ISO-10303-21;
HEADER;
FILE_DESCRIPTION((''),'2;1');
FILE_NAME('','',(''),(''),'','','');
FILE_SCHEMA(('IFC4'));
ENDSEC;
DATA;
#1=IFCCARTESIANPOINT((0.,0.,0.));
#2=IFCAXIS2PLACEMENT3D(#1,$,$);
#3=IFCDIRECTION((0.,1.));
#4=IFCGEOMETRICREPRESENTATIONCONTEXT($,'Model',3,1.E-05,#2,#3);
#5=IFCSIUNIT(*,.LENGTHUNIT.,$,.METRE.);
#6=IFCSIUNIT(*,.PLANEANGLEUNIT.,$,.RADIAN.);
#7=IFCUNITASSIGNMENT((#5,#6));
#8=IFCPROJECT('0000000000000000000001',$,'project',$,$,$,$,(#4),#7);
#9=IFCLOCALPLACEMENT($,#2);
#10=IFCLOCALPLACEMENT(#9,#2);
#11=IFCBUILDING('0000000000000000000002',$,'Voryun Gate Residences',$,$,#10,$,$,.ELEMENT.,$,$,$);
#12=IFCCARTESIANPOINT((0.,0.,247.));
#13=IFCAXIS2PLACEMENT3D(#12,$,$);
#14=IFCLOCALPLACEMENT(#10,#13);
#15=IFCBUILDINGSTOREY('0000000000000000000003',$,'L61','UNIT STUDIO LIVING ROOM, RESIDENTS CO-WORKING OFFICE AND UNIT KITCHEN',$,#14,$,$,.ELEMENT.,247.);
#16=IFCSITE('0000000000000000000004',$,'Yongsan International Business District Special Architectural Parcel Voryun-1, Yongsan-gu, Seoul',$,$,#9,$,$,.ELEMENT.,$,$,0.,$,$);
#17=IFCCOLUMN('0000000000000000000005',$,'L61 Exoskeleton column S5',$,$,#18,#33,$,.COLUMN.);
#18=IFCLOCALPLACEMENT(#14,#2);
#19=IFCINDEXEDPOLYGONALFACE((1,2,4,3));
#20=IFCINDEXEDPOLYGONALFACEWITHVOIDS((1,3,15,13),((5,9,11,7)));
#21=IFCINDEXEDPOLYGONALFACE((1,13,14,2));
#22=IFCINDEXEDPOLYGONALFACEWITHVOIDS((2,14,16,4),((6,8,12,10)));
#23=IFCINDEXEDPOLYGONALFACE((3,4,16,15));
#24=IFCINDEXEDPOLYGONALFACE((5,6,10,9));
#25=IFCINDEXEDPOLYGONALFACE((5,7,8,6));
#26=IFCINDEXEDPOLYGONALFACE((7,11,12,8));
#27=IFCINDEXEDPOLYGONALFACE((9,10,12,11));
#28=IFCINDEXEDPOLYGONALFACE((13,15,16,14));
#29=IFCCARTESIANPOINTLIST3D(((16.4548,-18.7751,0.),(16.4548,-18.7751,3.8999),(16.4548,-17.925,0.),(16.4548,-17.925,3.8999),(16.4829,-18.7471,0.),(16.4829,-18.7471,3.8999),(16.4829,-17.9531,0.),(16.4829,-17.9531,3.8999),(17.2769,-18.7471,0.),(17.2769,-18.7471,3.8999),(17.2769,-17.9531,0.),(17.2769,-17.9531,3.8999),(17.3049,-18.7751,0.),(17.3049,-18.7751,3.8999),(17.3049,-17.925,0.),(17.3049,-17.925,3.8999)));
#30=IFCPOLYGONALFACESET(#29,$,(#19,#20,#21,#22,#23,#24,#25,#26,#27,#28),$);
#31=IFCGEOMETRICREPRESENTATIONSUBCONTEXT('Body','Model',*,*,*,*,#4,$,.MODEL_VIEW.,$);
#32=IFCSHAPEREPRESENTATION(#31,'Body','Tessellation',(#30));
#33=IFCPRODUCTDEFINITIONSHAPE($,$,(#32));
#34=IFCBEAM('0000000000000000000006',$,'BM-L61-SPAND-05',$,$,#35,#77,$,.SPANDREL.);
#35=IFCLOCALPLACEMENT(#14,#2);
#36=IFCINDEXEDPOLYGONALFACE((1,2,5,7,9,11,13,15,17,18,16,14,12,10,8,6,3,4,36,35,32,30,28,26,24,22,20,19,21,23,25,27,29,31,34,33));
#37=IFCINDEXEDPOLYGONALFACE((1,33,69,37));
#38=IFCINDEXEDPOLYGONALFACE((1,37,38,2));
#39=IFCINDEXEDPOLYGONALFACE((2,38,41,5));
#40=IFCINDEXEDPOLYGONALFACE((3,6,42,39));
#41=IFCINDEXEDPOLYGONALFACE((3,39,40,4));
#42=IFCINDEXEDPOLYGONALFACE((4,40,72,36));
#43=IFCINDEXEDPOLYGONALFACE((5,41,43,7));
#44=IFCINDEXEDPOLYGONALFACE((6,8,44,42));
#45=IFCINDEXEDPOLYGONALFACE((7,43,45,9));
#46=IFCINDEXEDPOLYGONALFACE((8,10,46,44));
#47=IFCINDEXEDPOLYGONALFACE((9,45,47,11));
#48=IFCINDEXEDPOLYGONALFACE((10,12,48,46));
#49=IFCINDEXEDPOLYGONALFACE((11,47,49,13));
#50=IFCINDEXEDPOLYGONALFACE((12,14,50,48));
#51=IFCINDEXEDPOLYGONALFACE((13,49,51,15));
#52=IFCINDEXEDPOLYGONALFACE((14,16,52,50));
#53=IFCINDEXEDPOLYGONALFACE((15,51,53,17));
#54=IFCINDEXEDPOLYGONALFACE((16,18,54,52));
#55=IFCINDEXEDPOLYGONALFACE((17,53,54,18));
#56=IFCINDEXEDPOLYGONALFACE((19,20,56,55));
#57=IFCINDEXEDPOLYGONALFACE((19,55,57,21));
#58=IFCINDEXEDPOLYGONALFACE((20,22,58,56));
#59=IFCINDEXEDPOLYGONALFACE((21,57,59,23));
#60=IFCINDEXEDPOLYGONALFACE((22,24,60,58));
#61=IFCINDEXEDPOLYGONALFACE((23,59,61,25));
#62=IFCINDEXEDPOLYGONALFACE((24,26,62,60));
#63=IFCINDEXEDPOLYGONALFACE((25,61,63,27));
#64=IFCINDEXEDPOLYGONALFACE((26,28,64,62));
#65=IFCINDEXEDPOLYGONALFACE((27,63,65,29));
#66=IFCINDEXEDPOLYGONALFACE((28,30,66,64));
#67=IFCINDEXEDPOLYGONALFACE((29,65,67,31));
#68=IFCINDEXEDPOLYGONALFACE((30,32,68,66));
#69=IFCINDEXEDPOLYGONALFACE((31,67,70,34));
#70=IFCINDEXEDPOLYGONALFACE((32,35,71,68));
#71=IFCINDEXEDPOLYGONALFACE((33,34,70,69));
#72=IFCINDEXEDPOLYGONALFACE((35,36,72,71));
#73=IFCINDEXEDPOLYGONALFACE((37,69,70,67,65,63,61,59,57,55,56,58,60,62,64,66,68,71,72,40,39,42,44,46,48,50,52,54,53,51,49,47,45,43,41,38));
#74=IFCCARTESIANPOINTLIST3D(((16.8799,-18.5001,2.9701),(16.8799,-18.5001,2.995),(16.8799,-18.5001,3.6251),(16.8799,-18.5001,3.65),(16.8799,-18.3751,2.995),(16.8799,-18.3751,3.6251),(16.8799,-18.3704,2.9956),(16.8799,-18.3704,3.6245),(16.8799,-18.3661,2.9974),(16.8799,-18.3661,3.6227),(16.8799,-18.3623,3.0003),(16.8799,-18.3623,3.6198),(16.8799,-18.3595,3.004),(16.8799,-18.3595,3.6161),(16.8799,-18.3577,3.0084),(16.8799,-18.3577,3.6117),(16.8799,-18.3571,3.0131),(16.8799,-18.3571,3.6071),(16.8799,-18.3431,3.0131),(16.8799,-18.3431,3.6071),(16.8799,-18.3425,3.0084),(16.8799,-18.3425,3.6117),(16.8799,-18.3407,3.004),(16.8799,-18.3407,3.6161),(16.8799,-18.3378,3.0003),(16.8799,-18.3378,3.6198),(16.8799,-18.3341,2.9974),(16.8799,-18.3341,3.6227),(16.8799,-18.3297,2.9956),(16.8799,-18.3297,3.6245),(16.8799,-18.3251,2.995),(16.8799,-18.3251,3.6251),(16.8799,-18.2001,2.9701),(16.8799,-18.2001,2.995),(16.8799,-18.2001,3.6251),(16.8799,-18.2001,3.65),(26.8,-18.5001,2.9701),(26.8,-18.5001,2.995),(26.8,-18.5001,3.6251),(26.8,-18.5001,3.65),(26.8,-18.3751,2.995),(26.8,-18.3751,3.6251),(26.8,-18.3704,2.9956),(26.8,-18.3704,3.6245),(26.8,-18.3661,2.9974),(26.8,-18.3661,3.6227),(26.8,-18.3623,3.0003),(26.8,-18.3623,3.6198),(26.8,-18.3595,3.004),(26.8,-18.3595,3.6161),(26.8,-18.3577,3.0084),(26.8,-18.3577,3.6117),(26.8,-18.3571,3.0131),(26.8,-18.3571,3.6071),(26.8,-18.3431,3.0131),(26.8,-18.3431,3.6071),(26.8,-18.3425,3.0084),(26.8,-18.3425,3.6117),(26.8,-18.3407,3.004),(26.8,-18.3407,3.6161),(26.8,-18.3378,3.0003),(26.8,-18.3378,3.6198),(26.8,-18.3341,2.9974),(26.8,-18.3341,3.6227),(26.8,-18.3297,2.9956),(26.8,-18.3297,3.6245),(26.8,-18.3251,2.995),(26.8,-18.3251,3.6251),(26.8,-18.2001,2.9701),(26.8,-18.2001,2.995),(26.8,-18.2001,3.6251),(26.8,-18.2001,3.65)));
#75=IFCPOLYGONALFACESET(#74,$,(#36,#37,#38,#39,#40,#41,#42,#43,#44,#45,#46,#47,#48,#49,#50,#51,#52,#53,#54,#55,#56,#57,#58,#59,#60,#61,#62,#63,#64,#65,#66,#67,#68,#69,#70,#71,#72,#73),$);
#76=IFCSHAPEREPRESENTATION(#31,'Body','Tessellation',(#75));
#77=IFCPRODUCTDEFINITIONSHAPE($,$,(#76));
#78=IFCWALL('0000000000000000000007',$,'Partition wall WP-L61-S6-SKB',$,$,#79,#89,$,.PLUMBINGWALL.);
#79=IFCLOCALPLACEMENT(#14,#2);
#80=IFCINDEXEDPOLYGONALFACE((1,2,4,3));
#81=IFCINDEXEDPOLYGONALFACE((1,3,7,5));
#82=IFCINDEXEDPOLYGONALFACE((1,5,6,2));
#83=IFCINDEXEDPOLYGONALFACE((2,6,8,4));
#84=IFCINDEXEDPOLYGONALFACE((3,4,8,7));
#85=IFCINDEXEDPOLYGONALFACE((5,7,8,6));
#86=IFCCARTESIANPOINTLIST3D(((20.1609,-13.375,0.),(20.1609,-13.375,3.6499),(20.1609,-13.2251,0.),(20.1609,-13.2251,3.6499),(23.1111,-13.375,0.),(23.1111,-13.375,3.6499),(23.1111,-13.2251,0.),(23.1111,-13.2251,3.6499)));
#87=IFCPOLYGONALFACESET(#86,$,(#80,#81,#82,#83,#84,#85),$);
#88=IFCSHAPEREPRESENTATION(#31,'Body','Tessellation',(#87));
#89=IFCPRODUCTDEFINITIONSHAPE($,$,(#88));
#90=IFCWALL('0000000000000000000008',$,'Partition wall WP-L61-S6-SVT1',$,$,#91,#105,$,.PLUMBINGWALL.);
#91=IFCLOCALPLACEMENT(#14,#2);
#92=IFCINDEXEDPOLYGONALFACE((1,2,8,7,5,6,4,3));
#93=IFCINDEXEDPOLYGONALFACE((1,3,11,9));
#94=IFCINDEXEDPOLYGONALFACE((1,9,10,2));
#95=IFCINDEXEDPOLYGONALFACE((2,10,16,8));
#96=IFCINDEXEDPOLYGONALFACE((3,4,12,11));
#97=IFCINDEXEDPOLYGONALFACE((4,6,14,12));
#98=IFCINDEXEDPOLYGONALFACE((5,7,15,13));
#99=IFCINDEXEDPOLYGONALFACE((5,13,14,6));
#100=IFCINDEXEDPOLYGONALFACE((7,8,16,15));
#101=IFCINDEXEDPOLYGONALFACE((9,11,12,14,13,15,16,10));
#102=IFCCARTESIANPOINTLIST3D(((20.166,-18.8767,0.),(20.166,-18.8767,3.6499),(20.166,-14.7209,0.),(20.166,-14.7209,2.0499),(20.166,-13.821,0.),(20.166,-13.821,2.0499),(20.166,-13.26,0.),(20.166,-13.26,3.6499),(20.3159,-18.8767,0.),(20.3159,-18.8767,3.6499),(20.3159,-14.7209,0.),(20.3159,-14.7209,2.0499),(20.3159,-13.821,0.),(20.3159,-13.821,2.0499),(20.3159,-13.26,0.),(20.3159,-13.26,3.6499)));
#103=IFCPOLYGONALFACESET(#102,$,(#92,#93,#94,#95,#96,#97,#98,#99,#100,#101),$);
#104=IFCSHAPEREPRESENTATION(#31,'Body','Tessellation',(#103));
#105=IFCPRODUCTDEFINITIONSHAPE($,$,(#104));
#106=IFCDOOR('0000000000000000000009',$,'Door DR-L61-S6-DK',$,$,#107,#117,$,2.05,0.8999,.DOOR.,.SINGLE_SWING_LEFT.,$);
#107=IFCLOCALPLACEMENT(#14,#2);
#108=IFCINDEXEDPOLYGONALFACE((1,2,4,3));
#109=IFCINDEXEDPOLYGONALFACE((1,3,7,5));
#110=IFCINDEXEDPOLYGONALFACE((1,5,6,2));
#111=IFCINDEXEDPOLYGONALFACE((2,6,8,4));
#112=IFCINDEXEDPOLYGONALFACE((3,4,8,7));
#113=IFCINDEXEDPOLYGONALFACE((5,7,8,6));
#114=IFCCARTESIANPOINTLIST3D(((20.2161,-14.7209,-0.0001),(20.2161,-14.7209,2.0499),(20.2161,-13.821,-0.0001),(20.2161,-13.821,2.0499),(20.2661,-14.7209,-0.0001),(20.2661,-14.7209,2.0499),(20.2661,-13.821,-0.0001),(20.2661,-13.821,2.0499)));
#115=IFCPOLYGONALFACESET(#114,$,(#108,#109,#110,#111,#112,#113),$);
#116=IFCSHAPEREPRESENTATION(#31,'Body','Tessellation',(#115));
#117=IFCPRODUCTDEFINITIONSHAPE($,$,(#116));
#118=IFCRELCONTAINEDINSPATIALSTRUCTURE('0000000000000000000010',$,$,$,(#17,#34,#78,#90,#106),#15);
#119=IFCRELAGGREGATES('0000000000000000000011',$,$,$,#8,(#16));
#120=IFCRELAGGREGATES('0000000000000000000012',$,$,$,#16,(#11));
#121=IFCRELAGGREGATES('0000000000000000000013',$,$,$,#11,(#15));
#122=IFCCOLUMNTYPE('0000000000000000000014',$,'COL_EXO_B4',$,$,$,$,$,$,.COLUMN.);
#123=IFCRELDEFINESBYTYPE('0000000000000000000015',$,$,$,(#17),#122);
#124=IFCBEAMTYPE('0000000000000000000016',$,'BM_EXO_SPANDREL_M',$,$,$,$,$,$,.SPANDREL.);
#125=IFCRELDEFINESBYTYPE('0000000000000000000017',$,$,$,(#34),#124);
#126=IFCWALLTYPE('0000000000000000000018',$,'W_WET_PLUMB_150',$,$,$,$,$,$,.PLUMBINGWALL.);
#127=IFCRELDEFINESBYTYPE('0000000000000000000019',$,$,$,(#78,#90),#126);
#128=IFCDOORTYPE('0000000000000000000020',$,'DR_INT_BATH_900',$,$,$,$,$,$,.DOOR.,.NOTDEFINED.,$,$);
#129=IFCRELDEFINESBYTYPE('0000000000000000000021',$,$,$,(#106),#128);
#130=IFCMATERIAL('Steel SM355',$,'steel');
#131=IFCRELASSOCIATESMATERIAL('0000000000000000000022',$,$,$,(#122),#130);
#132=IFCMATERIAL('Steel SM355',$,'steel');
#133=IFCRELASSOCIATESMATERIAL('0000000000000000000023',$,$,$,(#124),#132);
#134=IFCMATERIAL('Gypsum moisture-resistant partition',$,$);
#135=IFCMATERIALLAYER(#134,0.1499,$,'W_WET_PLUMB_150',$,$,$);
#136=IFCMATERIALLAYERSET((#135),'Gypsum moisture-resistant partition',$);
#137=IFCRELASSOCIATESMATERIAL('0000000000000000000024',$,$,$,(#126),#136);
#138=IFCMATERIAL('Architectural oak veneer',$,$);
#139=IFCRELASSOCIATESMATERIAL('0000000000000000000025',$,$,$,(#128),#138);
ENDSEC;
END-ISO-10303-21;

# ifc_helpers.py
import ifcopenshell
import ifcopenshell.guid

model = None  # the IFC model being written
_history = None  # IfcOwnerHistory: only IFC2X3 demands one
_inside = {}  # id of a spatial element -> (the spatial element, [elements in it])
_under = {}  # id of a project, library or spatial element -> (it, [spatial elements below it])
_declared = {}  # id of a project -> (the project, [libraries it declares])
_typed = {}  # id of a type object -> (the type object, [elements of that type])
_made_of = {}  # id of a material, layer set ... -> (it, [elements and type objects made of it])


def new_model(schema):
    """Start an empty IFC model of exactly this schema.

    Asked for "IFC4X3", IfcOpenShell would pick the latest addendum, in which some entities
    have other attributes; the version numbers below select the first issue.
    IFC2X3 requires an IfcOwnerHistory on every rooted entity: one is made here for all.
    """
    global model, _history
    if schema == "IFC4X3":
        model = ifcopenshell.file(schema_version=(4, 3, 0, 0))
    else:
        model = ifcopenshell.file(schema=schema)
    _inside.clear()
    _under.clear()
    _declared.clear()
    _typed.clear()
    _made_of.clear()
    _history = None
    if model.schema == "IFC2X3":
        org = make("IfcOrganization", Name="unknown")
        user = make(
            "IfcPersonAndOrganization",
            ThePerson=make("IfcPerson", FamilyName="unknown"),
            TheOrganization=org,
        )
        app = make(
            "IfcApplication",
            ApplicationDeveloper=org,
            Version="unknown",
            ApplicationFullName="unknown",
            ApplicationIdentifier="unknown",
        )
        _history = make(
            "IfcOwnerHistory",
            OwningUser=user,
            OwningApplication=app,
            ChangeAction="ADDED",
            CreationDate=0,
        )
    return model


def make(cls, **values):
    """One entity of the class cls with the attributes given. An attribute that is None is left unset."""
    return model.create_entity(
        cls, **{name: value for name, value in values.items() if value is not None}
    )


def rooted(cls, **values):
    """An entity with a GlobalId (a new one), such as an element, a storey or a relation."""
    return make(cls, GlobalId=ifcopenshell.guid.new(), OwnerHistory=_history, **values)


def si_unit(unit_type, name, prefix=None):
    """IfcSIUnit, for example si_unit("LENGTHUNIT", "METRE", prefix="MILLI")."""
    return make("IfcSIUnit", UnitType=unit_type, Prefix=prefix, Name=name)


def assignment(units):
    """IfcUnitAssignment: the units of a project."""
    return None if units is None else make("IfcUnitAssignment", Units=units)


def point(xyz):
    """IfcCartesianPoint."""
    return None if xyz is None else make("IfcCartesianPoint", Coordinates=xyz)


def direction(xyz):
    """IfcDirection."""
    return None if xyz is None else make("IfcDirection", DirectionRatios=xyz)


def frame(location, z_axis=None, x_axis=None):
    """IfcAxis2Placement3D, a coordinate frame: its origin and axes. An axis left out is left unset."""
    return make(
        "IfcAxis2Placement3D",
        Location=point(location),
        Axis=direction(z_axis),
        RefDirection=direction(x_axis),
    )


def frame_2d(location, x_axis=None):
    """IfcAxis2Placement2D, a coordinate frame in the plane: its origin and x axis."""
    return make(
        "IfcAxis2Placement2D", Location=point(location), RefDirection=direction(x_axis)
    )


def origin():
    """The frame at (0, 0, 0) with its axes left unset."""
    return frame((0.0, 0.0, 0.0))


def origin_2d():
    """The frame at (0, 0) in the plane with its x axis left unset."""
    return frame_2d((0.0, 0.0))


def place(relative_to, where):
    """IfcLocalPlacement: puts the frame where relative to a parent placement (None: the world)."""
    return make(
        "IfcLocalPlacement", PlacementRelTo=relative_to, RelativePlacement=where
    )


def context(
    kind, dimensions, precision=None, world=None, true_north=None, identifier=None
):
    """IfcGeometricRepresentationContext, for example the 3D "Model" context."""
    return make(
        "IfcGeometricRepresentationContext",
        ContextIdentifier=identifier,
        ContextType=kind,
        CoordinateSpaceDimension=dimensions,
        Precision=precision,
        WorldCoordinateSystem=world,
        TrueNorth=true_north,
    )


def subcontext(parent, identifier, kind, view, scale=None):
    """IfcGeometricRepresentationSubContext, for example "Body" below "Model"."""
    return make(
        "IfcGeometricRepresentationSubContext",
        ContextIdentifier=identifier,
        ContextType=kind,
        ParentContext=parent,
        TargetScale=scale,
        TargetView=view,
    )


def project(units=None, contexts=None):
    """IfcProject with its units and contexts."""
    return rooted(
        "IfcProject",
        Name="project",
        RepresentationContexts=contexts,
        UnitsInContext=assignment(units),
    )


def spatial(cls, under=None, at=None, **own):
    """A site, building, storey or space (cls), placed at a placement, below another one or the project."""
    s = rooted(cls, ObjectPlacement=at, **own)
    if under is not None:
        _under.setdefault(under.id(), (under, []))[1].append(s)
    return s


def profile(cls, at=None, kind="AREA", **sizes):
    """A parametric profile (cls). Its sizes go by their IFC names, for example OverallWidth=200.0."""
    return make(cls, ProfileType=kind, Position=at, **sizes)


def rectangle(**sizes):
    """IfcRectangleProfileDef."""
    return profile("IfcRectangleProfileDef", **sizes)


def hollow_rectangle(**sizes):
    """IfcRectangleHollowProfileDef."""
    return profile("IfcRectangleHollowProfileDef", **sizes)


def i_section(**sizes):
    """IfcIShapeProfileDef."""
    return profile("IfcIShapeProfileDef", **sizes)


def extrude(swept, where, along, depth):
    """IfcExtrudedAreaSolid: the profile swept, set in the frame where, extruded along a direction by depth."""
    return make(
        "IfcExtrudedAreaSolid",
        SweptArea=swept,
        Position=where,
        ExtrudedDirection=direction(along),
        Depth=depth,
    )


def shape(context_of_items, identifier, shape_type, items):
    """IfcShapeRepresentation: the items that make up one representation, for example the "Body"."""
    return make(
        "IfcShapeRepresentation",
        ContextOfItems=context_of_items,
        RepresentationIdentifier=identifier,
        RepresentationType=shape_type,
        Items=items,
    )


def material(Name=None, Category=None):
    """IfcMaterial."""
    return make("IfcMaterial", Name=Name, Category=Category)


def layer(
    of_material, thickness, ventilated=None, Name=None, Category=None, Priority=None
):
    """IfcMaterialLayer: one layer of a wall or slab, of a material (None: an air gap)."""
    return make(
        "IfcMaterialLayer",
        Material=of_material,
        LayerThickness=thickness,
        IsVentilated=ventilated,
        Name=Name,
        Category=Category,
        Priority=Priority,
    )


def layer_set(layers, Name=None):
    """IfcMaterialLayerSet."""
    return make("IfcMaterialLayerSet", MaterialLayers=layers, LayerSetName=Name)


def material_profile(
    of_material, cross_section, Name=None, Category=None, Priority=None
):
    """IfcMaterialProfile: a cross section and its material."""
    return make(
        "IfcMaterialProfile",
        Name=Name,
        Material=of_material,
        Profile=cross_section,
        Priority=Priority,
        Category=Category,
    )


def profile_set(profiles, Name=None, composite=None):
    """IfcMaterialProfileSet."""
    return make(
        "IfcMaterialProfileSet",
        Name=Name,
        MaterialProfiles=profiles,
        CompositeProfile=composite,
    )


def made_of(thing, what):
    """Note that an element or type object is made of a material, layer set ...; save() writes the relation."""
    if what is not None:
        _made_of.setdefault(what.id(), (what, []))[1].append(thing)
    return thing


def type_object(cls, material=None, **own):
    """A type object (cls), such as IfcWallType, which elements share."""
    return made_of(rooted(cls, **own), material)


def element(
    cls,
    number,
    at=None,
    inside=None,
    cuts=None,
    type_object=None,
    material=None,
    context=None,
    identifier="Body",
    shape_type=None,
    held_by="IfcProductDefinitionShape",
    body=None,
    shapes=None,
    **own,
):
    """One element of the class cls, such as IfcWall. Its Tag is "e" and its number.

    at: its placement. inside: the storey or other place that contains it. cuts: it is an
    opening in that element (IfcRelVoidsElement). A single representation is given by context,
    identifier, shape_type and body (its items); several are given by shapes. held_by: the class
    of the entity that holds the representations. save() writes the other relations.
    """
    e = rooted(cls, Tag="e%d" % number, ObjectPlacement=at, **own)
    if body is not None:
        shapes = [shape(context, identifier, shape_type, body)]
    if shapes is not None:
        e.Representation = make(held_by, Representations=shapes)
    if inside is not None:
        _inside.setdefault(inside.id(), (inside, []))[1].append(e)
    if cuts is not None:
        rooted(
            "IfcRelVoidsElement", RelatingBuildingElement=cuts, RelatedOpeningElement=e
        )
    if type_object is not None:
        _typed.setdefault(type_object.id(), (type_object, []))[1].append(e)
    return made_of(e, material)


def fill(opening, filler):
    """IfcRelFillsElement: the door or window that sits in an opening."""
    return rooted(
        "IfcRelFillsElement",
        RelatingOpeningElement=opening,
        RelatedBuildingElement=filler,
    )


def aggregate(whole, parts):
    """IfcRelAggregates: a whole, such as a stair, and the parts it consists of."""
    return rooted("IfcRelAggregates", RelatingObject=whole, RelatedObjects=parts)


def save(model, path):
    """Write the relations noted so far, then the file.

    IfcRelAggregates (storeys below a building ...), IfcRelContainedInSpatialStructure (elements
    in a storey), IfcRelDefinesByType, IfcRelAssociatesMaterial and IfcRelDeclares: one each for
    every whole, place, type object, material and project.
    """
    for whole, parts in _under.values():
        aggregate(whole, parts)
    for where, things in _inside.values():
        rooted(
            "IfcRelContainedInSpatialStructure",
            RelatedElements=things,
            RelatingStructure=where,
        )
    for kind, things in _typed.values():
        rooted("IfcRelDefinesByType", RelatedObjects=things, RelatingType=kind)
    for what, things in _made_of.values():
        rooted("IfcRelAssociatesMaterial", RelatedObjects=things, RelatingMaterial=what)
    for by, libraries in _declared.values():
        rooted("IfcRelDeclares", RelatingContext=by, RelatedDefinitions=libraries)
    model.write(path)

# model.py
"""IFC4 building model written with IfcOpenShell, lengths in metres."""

from ifc_helpers import new_model, si_unit, direction, frame, frame_2d, origin, origin_2d, place, context, subcontext, project, spatial, rectangle, hollow_rectangle, i_section, extrude, material, layer, layer_set, material_profile, profile_set, type_object, element, fill, save


model = new_model("IFC4")

# Units and contexts
model_context = context("Model", 3, precision=1e-05, world=origin(), true_north=direction((0.0, 1.0)))
body_context = subcontext(model_context, "Body", "Model", "MODEL_VIEW")
ifc_project = project(units=[si_unit("LENGTHUNIT", "METRE"), si_unit("PLANEANGLEUNIT", "RADIAN")], contexts=[model_context])

# Site, building, storey
site_placement = place(None, origin())
site = spatial("IfcSite", under=ifc_project, at=site_placement, Name="Yongsan International Business District Special Architectural Parcel Voryun-1, Yongsan-gu, Seoul", CompositionType="ELEMENT", RefElevation=0.0)
building_placement = place(site_placement, origin())
building = spatial("IfcBuilding", under=site, at=building_placement, Name="Voryun Gate Residences", CompositionType="ELEMENT")
storey_placement = place(building_placement, frame((0.0, 0.0, 247.0)))
storey = spatial("IfcBuildingStorey", under=building, at=storey_placement, Name="L61", Description="UNIT STUDIO LIVING ROOM, RESIDENTS CO-WORKING OFFICE AND UNIT KITCHEN", CompositionType="ELEMENT", Elevation=247.0)

# Column
ifc_material_1 = material(Name="Steel SM355", Category="steel")
ifc_material_profile_1 = material_profile(ifc_material_1, hollow_rectangle(XDim=0.8501, YDim=0.8501, WallThickness=0.0281, at=origin_2d()), Name="BOX-850x850x28")
ifc_profile_set_1 = profile_set([ifc_material_profile_1], Name="Steel SM355")
column_type = type_object("IfcColumnType", Name="COL_EXO_B4", PredefinedType="COLUMN", material=ifc_profile_set_1)
column_placement = place(storey_placement, frame((16.8799, -18.3501, 0.0), z_axis=(0.0, 0.0, 1.0), x_axis=(1.0, 0.0, 0.0)))
element("IfcColumn", 1, at=column_placement, inside=storey, type_object=column_type, Name="L61 Exoskeleton column S5", PredefinedType="COLUMN", context=body_context, shape_type="SweptSolid", body=[
    extrude(hollow_rectangle(XDim=0.8501, YDim=0.8501, WallThickness=0.0281, at=origin_2d()), origin(), (0.0, 0.0, 1.0), 3.8999),
])

# Beam
ifc_material_2 = material(Name="Steel SM355", Category="steel")
ifc_material_profile_2 = material_profile(ifc_material_2, i_section(OverallWidth=0.3, OverallDepth=0.6799, WebThickness=0.0139, FlangeThickness=0.0249, FilletRadius=0.0181, at=origin_2d()), Name="H-680x300x14x25")
ifc_profile_set_2 = profile_set([ifc_material_profile_2], Name="Steel SM355")
beam_type = type_object("IfcBeamType", Name="BM_EXO_SPANDREL_M", PredefinedType="SPANDREL", material=ifc_profile_set_2)
beam_placement = place(storey_placement, frame((16.8799, -18.3501, 3.3101), z_axis=(1.0, 0.0, 0.0), x_axis=(0.0, 1.0, 0.0)))
element("IfcBeam", 2, at=beam_placement, inside=storey, type_object=beam_type, Name="BM-L61-SPAND-05", PredefinedType="SPANDREL", context=body_context, shape_type="SweptSolid", body=[
    extrude(i_section(OverallWidth=0.3, OverallDepth=0.6799, WebThickness=0.0139, FlangeThickness=0.0249, FilletRadius=0.0181, at=origin_2d()), origin(), (0.0, 0.0, 1.0), 9.9202),
])

# Wall
ifc_material_3 = material(Name="Gypsum moisture-resistant partition")
ifc_layer = layer(ifc_material_3, 0.1499, Name="W_WET_PLUMB_150")
ifc_layer_set = layer_set([ifc_layer], Name="Gypsum moisture-resistant partition")
wall_type = type_object("IfcWallType", Name="W_WET_PLUMB_150", PredefinedType="PLUMBINGWALL", material=ifc_layer_set)
wall_1_placement = place(storey_placement, frame((20.1609, -13.3, 0.0), z_axis=(0.0, 0.0, 1.0), x_axis=(1.0, 0.0, 0.0)))
element("IfcWall", 3, at=wall_1_placement, inside=storey, type_object=wall_type, Name="Partition wall WP-L61-S6-SKB", PredefinedType="PLUMBINGWALL", context=body_context, shape_type="SweptSolid", body=[
    extrude(rectangle(XDim=2.9502, YDim=0.1499, at=frame_2d((1.4751, 0.0))), origin(), (0.0, 0.0, 1.0), 3.6499),
])

# Wall, opening, door
wall_2_placement = place(storey_placement, frame((20.241, -18.8767, 0.0), z_axis=(0.0, 0.0, 1.0), x_axis=(0.0, 1.0, 0.0)))
wall_2 = element("IfcWall", 4, at=wall_2_placement, inside=storey, type_object=wall_type, Name="Partition wall WP-L61-S6-SVT1", PredefinedType="PLUMBINGWALL", context=body_context, shape_type="SweptSolid", body=[
    extrude(rectangle(XDim=5.6167, YDim=0.1499, at=frame_2d((2.8083, 0.0))), origin(), (0.0, 0.0, 1.0), 3.6499),
])
opening_placement = place(wall_2_placement, frame((4.1558, 0.0, 0.0)))
opening = element("IfcOpeningElement", 5, at=opening_placement, cuts=wall_2, PredefinedType="OPENING", context=body_context, shape_type="SweptSolid", body=[
    extrude(rectangle(XDim=0.8999, YDim=2.05, at=frame_2d((0.45, 1.0249))), frame((0.0, 0.085, 0.0), z_axis=(0.0, -1.0, 0.0), x_axis=(1.0, 0.0, 0.0)), (0.0, 0.0, 1.0), 0.1699),
])
ifc_material_4 = material(Name="Architectural oak veneer")
door_type = type_object("IfcDoorType", Name="DR_INT_BATH_900", OperationType="NOTDEFINED", PredefinedType="DOOR", material=ifc_material_4)
door_placement = place(opening_placement, origin())
door = element("IfcDoor", 6, at=door_placement, inside=storey, type_object=door_type, Name="Door DR-L61-S6-DK", OperationType="SINGLE_SWING_LEFT", OverallHeight=2.05, OverallWidth=0.8999, PredefinedType="DOOR", context=body_context, shape_type="SweptSolid", body=[
    extrude(rectangle(XDim=0.8999, YDim=2.05, at=frame_2d((0.45, 1.0249))), frame((0.0, 0.0249, 0.0), z_axis=(0.0, -1.0, 0.0), x_axis=(1.0, 0.0, 0.0)), (0.0, 0.0, 1.0), 0.05),
])
fill(opening, door)

save(model, "model.ifc")
